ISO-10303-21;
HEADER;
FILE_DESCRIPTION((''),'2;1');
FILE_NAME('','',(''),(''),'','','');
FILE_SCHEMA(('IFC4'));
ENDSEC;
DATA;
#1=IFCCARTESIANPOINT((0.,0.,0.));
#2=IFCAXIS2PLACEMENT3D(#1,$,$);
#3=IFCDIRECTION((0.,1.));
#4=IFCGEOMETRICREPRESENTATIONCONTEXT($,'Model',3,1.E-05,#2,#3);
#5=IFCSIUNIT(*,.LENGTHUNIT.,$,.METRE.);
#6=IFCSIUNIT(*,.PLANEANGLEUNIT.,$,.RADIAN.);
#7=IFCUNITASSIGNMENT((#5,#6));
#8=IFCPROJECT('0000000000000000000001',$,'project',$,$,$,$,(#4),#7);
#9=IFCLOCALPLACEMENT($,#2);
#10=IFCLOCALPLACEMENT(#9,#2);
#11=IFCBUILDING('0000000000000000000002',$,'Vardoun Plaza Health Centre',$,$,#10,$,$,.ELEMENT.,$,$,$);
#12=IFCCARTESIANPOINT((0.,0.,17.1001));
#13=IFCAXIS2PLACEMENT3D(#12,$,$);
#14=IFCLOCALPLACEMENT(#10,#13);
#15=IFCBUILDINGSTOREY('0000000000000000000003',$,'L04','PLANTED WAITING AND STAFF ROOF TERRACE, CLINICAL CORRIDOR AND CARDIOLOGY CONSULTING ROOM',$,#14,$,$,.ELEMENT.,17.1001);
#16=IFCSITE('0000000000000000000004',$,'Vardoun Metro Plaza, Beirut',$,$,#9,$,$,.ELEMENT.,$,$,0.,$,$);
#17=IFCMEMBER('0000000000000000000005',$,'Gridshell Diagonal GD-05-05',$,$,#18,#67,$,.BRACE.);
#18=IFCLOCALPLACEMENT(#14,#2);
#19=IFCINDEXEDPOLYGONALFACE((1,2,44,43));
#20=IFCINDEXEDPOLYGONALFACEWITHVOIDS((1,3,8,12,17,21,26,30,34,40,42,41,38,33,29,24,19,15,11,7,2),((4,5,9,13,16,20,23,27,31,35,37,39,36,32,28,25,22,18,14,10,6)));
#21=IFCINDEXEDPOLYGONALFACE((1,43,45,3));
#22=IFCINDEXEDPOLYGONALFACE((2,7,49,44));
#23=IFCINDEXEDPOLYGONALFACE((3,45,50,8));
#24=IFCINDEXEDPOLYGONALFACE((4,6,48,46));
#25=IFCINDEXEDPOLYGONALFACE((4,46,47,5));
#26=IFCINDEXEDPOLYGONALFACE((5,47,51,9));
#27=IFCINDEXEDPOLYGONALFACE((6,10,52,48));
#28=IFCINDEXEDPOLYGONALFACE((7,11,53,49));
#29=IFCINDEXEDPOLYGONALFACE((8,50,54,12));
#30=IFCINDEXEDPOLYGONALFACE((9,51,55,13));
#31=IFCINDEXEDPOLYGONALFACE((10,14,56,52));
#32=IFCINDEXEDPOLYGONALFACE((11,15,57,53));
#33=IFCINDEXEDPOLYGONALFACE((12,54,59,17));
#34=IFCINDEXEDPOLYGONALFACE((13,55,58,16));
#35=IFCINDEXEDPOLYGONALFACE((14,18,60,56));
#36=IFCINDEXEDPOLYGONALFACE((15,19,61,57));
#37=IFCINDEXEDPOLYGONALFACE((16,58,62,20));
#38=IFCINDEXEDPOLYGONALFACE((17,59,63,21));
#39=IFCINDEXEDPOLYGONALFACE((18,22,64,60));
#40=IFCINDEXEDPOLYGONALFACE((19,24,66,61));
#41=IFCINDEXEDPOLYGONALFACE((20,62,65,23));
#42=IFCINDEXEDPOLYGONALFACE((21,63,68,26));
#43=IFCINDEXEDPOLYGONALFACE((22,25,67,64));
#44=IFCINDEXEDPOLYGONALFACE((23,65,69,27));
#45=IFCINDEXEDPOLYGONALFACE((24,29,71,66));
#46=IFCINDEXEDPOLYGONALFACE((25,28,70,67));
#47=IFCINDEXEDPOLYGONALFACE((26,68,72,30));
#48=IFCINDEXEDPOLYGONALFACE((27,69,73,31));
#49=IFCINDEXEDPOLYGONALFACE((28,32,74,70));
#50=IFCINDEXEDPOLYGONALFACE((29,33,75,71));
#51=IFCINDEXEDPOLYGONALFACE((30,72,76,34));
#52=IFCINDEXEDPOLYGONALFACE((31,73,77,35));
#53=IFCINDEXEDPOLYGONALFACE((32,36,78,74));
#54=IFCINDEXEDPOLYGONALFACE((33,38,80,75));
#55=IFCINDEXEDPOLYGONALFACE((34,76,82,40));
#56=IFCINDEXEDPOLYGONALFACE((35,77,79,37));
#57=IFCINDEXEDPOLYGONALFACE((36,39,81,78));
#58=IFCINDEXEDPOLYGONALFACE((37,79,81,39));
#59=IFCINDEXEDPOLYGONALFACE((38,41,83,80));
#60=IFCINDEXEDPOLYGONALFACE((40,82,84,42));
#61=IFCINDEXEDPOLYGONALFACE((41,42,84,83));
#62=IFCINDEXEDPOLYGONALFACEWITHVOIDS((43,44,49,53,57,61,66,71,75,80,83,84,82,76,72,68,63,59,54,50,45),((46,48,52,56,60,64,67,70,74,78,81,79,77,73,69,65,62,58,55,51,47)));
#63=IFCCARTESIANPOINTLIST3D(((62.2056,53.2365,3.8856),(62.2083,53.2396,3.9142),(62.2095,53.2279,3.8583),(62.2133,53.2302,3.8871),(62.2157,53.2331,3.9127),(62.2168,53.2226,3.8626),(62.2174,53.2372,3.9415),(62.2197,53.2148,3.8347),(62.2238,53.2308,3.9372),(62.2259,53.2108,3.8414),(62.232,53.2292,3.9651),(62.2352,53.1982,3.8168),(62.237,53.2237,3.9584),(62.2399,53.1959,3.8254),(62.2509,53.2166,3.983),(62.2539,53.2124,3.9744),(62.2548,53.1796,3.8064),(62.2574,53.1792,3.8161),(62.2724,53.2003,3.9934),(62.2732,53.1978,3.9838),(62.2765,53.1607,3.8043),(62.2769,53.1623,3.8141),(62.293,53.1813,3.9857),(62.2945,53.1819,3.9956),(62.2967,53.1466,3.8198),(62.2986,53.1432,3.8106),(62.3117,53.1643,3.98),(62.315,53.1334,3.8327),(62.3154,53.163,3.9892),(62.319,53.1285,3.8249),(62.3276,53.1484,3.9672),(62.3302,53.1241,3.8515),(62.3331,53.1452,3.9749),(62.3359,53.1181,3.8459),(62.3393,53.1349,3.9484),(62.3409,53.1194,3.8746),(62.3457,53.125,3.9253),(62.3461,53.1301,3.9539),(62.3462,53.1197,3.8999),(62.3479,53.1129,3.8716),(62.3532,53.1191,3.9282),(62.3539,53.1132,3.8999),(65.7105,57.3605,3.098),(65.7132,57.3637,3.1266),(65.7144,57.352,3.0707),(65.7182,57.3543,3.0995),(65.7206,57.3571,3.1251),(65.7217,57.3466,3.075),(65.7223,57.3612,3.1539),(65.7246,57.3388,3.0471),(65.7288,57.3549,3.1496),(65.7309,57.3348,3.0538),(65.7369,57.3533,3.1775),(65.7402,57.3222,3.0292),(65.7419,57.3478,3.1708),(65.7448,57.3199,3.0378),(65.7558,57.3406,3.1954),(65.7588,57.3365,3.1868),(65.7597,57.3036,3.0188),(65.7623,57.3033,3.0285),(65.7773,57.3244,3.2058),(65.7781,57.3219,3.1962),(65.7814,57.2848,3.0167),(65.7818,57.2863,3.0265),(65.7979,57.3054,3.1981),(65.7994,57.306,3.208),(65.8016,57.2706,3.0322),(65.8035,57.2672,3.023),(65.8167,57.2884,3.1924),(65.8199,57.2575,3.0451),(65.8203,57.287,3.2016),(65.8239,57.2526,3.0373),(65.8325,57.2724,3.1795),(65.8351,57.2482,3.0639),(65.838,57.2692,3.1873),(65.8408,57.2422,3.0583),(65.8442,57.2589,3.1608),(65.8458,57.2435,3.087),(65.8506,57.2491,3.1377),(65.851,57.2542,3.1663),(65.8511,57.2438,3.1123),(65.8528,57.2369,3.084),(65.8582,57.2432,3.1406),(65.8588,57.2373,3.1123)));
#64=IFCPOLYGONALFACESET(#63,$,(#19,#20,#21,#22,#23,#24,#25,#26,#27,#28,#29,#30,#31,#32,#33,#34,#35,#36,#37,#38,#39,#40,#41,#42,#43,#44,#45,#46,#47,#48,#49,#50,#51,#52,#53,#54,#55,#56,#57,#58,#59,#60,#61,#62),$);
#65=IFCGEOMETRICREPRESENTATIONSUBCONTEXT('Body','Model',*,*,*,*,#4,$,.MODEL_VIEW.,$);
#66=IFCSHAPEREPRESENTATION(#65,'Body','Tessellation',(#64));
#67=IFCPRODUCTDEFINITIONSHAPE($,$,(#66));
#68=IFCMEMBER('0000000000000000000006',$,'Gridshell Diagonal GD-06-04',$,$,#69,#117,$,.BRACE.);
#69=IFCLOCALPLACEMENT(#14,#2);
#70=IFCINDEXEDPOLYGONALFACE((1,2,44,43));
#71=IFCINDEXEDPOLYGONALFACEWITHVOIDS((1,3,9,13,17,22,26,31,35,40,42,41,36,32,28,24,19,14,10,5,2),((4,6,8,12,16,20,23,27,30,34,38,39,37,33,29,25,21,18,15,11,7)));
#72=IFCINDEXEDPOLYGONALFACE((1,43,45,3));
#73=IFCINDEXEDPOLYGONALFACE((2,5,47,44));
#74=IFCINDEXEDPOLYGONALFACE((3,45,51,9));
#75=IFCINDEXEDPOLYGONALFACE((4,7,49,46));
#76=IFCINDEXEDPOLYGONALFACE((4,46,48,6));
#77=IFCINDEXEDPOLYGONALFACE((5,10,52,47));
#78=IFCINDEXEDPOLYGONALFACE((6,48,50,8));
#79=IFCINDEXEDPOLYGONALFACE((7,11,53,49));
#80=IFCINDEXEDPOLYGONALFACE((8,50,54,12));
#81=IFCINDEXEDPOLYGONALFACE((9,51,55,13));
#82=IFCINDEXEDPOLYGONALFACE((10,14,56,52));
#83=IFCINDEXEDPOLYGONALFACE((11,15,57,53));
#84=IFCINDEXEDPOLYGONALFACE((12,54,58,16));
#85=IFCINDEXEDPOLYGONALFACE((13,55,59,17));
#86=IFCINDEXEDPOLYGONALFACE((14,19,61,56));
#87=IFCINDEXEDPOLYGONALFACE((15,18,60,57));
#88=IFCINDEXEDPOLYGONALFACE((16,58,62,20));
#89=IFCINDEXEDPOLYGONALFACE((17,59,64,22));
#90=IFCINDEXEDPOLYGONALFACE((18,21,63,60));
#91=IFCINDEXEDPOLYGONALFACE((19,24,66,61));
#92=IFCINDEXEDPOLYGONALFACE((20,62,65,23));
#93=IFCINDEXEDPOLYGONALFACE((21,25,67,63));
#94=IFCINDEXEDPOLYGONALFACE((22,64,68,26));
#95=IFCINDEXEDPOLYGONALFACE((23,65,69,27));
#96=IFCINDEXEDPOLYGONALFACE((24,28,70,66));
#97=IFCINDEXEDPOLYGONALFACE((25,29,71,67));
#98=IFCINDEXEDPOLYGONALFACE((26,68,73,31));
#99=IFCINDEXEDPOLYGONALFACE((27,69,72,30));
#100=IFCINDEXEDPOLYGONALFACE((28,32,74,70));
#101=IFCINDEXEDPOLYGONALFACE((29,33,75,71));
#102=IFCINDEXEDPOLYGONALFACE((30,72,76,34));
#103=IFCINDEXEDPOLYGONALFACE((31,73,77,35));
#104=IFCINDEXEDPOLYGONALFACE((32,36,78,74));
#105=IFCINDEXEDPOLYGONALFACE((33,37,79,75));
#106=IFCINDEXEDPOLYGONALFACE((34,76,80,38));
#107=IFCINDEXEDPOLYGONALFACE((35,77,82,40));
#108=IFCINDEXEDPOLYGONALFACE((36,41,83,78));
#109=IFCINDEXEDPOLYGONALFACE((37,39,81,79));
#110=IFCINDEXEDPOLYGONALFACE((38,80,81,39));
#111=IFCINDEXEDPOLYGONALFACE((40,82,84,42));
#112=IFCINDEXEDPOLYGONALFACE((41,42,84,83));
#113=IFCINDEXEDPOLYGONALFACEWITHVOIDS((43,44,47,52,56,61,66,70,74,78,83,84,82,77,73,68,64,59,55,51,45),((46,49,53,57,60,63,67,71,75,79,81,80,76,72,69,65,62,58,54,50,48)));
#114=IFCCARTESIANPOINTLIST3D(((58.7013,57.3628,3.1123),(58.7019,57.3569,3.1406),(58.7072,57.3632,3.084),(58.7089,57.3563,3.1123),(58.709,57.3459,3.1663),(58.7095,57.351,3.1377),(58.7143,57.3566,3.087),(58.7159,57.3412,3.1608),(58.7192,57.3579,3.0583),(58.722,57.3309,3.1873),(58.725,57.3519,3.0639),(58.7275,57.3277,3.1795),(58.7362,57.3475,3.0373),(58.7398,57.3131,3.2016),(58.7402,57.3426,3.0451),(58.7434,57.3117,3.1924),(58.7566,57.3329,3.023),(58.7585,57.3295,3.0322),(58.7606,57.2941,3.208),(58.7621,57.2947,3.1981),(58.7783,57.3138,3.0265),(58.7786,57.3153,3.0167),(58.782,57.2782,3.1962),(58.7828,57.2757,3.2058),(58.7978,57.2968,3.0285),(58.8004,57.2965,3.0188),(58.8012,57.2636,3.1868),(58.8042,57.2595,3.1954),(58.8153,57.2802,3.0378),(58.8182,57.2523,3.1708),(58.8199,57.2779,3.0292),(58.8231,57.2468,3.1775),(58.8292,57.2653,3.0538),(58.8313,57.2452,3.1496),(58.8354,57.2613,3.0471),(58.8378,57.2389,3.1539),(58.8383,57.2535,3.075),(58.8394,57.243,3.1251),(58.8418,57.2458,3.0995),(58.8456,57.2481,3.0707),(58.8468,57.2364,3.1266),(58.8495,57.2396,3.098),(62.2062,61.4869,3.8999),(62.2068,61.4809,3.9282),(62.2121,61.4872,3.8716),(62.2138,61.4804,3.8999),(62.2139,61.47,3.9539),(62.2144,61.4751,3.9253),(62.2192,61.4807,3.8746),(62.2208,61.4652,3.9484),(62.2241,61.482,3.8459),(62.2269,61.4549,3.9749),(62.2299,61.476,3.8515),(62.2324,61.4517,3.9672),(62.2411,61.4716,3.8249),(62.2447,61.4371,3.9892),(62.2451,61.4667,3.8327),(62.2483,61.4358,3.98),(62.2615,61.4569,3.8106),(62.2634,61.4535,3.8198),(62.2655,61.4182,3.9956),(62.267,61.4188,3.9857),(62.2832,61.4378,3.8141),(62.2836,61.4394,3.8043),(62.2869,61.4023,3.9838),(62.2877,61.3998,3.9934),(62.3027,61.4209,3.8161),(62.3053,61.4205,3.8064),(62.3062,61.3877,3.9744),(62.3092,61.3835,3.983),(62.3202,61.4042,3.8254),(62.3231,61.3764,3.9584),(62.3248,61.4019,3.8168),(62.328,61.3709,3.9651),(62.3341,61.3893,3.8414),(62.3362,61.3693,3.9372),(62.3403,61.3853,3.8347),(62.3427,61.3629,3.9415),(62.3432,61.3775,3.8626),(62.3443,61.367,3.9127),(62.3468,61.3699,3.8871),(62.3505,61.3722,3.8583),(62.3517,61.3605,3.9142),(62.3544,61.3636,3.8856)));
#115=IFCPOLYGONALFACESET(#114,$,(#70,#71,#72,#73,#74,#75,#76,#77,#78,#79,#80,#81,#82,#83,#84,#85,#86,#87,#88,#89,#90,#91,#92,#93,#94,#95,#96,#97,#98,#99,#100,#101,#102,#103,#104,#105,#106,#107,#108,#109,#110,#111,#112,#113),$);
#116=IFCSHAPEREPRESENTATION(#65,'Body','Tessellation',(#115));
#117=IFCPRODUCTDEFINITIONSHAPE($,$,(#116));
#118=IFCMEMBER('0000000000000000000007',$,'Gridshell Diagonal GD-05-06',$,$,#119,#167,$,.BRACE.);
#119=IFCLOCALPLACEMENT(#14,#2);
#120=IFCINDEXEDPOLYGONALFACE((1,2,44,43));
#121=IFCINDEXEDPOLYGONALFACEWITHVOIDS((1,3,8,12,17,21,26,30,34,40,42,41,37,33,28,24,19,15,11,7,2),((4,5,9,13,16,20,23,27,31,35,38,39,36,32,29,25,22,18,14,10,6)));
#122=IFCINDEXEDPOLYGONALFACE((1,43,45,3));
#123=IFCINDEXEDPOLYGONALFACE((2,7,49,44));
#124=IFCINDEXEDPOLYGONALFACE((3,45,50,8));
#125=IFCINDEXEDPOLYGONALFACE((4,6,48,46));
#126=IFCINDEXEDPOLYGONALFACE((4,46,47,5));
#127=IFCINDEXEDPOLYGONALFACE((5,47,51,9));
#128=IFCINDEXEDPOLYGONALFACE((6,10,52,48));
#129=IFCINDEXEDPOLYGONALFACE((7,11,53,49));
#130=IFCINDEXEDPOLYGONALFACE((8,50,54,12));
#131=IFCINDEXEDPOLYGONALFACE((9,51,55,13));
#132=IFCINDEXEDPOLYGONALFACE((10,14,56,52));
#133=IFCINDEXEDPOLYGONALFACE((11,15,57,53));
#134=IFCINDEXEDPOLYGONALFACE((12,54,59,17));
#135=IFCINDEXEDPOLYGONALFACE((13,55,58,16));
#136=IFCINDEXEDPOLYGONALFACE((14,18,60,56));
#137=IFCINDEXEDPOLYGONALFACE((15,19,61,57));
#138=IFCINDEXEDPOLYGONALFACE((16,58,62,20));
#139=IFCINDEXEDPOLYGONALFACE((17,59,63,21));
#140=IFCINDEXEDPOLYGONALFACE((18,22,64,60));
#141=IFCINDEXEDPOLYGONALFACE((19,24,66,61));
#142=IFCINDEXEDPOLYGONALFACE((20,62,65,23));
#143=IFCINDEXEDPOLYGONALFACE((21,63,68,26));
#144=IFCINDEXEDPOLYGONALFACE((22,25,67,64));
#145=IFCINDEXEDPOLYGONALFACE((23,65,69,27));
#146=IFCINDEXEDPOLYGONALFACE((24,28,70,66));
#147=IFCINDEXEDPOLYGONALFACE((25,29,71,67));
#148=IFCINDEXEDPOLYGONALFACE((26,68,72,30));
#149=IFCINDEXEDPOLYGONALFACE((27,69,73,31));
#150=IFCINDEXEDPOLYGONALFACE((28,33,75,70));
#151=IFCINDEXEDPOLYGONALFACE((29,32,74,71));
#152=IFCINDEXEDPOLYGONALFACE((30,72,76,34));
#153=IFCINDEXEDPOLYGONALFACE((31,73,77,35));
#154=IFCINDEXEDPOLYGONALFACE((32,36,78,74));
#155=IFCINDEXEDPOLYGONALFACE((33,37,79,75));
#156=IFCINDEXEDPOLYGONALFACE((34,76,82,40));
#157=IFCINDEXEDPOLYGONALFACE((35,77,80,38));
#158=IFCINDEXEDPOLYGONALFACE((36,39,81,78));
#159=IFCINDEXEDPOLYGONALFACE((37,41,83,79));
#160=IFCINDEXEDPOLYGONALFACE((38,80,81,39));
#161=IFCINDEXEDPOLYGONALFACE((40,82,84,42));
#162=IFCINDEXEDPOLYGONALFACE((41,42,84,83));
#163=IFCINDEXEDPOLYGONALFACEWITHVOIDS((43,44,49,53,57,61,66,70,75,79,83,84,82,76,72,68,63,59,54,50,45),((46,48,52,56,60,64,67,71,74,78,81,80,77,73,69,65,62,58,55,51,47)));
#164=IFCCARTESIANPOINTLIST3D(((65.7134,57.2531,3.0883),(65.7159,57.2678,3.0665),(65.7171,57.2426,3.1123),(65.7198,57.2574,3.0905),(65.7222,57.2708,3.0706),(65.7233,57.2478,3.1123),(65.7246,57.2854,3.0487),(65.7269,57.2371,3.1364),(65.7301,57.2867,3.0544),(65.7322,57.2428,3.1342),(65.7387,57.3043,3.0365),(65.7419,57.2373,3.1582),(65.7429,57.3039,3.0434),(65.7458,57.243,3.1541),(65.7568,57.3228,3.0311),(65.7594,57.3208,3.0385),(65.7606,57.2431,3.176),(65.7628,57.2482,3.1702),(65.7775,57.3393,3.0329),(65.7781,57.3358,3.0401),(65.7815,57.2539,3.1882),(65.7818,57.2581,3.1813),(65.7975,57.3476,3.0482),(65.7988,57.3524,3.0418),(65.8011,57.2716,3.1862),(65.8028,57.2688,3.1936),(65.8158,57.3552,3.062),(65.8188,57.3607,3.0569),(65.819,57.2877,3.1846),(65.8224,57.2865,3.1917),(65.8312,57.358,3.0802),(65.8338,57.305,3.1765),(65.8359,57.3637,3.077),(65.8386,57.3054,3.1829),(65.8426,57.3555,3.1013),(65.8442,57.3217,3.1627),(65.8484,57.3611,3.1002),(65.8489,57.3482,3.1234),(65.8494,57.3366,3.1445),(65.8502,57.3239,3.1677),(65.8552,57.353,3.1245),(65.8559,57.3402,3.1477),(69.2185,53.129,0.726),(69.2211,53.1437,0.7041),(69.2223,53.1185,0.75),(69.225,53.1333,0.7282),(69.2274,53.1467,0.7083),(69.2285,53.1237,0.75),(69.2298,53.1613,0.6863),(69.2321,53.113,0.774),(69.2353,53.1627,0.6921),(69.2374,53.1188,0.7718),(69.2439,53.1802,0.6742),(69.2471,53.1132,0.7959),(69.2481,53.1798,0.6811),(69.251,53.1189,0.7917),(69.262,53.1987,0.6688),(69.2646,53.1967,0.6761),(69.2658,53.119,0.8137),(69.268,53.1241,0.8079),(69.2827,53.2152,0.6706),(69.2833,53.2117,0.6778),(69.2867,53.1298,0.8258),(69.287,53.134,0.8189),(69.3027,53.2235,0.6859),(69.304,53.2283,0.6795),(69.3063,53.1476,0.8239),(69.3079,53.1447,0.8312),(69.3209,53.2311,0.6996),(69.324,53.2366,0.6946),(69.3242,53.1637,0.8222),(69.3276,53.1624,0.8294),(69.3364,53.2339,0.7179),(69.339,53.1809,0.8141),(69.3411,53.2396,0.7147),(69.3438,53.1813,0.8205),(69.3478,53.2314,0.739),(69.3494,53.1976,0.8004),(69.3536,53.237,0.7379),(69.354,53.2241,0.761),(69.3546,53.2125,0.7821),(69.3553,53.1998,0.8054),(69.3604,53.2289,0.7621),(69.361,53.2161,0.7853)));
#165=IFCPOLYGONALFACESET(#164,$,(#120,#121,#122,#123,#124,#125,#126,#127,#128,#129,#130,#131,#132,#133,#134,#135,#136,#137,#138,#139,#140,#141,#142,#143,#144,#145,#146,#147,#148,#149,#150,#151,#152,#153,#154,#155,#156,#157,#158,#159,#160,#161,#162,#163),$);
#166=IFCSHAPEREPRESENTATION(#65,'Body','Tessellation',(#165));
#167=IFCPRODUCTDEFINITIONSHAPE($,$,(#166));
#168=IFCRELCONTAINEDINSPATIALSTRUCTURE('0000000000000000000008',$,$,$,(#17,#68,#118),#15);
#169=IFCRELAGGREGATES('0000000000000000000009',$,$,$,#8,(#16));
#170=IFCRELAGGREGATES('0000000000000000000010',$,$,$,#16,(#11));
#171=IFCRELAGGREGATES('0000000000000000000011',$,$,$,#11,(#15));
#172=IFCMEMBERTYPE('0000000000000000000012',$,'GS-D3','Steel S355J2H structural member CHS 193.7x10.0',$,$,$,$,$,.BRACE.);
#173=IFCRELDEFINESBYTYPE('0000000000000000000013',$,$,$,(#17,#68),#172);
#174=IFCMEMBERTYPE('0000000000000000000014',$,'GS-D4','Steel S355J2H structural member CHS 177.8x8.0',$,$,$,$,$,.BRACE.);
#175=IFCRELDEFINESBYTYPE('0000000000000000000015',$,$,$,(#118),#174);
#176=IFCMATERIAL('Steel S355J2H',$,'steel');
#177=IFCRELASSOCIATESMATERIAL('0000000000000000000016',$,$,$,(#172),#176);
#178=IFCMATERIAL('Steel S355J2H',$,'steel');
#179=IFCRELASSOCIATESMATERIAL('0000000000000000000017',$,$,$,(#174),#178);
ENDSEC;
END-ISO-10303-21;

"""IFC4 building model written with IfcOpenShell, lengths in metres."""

from ifc_helpers import new_model, si_unit, direction, frame, origin, origin_2d, place, context, subcontext, project, spatial, hollow_circle, extrude, material, material_profile, profile_set, type_object, element, save


model = new_model("IFC4")

# Units and contexts
model_context = context("Model", 3, precision=1e-05, world=origin(), true_north=direction((0.0, 1.0)))
body_context = subcontext(model_context, "Body", "Model", "MODEL_VIEW")
ifc_project = project(units=[si_unit("LENGTHUNIT", "METRE"), si_unit("PLANEANGLEUNIT", "RADIAN")], contexts=[model_context])

# Site, building, storey
site_placement = place(None, origin())
site = spatial("IfcSite", under=ifc_project, at=site_placement, Name="Vardoun Metro Plaza, Beirut", CompositionType="ELEMENT", RefElevation=0.0)
building_placement = place(site_placement, origin())
building = spatial("IfcBuilding", under=site, at=building_placement, Name="Vardoun Plaza Health Centre", CompositionType="ELEMENT")
storey_placement = place(building_placement, frame((0.0, 0.0, 17.1001)))
storey = spatial("IfcBuildingStorey", under=building, at=storey_placement, Name="L04", Description="PLANTED WAITING AND STAFF ROOF TERRACE, CLINICAL CORRIDOR AND CARDIOLOGY CONSULTING ROOM", CompositionType="ELEMENT", Elevation=17.1001)

# Members
ifc_material_1 = material(Name="Steel S355J2H", Category="steel")
ifc_material_profile_1 = material_profile(ifc_material_1, hollow_circle(Radius=0.0969, WallThickness=0.01, at=origin_2d()), Name="CHS 193.7x10.0")
ifc_profile_set_1 = profile_set([ifc_material_profile_1], Name="Steel S355J2H")
member_type_1 = type_object("IfcMemberType", Name="GS-D3", Description="Steel S355J2H structural member CHS 193.7x10.0", PredefinedType="BRACE", material=ifc_profile_set_1)
for number, where, z_axis, x_axis, name in (
    (1, (65.7849, 57.3, 3.1123), (-0.640841, -0.754046, 0.144006), (0.761988, -0.647591, 0.0), "Gridshell Diagonal GD-05-05"),
    (2, (58.7751, 57.3, 3.1123), (0.640841, 0.754046, 0.144006), (-0.761988, 0.647591, 0.0), "Gridshell Diagonal GD-06-04"),
):
    element("IfcMember", number, at=place(storey_placement, frame(where, z_axis=z_axis, x_axis=x_axis)), inside=storey, type_object=member_type_1, Name=name, PredefinedType="BRACE", context=body_context, shape_type="SweptSolid", body=[
        extrude(hollow_circle(Radius=0.0969, WallThickness=0.01, at=origin_2d()), origin(), (0.0, 0.0, 1.0), 5.4692),
    ])
ifc_material_2 = material(Name="Steel S355J2H", Category="steel")
ifc_material_profile_2 = material_profile(ifc_material_2, hollow_circle(Radius=0.0889, WallThickness=0.0081, at=origin_2d()), Name="CHS 177.8x8.0")
ifc_profile_set_2 = profile_set([ifc_material_profile_2], Name="Steel S355J2H")
member_type_2 = type_object("IfcMemberType", Name="GS-D4", Description="Steel S355J2H structural member CHS 177.8x8.0", PredefinedType="BRACE", material=ifc_profile_set_2)
member_1_placement = place(storey_placement, frame((69.29, 53.176, 0.75), z_axis=(-0.593544, 0.698346, 0.400023), x_axis=(-0.761966, -0.647617, 0.0)))
element("IfcMember", 3, at=member_1_placement, inside=storey, type_object=member_type_2, Name="Gridshell Diagonal GD-05-06", PredefinedType="BRACE", context=body_context, shape_type="SweptSolid", body=[
    extrude(hollow_circle(Radius=0.0889, WallThickness=0.0081, at=origin_2d()), origin(), (0.0, 0.0, 1.0), 5.9055),
])

save(model, "model.ifc")
